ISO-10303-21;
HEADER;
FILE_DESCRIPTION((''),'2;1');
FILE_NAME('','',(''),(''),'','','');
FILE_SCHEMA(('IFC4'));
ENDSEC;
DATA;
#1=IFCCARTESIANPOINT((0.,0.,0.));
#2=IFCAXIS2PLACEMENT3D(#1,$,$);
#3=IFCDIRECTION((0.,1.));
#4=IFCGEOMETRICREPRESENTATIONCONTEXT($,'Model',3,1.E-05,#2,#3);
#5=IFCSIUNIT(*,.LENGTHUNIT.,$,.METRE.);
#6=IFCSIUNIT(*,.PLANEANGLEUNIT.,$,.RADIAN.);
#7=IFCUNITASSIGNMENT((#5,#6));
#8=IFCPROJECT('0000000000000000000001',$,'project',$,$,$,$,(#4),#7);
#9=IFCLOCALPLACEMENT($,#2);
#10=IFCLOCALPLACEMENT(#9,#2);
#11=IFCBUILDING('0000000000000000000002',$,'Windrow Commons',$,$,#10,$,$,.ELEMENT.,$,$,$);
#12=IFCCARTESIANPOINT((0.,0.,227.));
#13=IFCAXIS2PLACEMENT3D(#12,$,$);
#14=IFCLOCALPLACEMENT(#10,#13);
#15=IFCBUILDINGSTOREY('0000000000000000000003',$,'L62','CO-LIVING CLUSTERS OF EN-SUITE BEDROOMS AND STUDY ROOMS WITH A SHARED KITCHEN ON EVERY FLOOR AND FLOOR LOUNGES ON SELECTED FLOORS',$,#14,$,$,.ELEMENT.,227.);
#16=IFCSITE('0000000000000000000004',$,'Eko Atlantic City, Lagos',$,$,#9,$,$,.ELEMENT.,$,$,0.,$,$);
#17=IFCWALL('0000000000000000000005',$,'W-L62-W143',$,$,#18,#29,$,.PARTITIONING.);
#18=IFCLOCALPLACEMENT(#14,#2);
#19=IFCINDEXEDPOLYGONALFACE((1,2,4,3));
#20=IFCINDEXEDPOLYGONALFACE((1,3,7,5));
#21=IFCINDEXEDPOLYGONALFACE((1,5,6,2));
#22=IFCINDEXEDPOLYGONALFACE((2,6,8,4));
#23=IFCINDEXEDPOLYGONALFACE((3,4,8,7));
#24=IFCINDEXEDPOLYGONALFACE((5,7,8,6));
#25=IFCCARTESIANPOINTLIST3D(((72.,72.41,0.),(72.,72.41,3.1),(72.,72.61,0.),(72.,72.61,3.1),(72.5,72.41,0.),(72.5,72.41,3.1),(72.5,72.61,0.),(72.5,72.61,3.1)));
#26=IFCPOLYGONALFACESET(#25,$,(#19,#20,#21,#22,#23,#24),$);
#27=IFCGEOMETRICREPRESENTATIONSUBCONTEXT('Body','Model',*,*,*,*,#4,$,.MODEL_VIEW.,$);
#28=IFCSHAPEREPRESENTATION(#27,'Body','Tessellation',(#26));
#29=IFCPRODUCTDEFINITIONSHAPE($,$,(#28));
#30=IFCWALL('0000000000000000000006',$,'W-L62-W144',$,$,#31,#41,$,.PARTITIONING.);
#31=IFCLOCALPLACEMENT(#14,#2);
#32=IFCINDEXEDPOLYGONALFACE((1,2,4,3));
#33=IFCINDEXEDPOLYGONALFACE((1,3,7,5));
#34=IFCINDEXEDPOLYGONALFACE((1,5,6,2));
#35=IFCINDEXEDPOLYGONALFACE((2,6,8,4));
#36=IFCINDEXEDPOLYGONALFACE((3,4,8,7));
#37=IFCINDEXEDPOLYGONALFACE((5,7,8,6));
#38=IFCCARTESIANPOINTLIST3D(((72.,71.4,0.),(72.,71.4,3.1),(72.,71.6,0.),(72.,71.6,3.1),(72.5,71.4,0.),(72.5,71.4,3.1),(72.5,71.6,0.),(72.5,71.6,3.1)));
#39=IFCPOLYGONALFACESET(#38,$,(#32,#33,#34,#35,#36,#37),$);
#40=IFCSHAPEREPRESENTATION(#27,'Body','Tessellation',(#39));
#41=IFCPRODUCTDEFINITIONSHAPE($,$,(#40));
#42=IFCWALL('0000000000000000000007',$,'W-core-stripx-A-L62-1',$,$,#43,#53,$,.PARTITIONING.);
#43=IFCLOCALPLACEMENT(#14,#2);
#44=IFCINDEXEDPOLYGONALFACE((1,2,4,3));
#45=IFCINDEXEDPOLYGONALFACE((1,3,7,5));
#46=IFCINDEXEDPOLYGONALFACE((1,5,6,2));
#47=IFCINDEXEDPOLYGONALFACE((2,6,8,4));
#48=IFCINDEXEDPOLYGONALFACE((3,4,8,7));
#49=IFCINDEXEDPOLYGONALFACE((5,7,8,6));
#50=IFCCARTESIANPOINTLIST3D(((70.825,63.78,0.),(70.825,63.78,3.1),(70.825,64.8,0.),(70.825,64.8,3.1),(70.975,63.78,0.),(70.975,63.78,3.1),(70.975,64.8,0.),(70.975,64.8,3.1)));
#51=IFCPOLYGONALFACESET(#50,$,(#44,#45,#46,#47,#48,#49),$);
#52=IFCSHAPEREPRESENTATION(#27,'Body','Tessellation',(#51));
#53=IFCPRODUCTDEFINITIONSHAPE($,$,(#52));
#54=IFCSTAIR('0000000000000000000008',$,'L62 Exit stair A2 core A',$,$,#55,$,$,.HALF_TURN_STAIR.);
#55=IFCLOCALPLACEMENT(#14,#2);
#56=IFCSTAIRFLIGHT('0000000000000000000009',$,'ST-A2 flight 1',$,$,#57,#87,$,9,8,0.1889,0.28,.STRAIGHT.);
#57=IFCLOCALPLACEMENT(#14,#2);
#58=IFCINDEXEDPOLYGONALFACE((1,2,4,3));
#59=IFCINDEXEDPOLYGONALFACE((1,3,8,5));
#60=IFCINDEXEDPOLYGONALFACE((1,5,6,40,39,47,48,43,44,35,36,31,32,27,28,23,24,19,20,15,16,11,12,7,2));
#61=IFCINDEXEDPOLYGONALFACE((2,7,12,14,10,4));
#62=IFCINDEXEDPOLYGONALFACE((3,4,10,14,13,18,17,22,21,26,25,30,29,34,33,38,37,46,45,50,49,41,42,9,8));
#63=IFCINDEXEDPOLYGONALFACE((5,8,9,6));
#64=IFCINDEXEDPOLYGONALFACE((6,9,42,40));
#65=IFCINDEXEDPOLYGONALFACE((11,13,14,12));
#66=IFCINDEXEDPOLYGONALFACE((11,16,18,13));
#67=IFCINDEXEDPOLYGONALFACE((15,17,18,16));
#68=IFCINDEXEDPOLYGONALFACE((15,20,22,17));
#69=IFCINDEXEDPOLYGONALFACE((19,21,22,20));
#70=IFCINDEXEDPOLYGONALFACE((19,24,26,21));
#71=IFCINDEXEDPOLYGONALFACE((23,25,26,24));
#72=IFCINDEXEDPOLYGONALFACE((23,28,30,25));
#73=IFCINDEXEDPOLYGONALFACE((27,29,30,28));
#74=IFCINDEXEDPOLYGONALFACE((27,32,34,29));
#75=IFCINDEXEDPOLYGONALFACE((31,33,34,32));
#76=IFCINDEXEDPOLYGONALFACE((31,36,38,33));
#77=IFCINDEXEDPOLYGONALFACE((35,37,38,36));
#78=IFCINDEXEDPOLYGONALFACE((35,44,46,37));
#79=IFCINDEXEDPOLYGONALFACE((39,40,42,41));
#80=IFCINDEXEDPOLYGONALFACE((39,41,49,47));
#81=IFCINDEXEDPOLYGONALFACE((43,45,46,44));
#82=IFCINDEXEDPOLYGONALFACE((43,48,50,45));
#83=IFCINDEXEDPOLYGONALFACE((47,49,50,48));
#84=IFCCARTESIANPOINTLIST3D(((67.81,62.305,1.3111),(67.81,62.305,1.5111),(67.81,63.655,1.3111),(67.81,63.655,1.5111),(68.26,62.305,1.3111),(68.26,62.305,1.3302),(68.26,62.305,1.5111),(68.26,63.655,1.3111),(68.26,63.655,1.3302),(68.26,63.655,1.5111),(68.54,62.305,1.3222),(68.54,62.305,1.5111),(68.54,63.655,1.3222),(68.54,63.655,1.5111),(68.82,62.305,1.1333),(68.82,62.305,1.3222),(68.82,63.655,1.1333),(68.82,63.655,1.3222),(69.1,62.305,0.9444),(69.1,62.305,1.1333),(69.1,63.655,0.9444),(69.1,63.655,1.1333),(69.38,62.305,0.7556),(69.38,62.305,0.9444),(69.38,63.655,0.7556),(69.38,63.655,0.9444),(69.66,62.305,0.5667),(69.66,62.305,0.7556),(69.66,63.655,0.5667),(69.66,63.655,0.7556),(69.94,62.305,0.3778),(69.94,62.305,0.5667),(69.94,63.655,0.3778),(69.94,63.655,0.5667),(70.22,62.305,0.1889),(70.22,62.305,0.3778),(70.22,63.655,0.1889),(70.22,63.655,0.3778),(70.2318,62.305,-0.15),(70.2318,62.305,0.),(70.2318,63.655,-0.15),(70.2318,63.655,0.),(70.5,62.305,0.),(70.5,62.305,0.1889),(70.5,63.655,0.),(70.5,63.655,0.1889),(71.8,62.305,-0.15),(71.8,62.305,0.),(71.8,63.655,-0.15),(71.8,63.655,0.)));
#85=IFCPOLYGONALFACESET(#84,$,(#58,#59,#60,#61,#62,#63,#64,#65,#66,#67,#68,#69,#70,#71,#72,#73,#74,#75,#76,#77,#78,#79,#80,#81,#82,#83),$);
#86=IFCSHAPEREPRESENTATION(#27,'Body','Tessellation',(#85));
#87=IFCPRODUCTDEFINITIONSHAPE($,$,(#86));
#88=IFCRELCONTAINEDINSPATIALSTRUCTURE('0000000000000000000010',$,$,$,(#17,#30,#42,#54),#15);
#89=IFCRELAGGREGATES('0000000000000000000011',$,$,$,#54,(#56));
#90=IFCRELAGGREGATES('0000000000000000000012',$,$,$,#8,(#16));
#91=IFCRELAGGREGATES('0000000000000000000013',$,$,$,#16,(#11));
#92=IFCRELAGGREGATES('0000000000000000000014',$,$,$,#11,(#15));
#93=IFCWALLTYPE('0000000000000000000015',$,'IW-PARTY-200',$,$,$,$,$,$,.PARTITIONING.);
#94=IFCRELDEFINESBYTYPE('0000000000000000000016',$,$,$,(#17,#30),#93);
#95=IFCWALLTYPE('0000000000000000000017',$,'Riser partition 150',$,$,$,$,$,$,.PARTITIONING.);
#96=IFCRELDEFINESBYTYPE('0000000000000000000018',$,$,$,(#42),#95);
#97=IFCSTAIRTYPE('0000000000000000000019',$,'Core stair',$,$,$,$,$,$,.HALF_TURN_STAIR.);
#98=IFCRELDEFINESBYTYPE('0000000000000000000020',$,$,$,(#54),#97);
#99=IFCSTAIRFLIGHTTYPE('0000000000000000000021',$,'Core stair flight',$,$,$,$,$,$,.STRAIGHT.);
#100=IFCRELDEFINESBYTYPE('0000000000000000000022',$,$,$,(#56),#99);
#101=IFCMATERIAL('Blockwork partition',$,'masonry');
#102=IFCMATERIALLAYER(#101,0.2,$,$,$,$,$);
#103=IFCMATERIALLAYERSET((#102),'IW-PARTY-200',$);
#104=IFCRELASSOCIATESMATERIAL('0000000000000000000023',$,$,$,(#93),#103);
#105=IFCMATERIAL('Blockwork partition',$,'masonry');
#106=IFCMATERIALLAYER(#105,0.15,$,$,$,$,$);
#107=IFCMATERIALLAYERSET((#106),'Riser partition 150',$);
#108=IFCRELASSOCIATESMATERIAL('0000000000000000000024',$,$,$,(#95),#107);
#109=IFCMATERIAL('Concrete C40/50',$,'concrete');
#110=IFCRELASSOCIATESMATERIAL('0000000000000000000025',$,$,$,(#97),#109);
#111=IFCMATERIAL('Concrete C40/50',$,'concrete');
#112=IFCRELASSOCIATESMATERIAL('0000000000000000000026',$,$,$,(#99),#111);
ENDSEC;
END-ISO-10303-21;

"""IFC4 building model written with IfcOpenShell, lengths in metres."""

from ifc_helpers import new_model, si_unit, direction, frame, frame_2d, origin, place, context, subcontext, project, spatial, polyline, rectangle, outline, extrude, material, layer, layer_set, type_object, element, aggregate, save


model = new_model("IFC4")

# Units and contexts
model_context = context("Model", 3, precision=1e-05, world=origin(), true_north=direction((0.0, 1.0)))
body_context = subcontext(model_context, "Body", "Model", "MODEL_VIEW")
ifc_project = project(units=[si_unit("LENGTHUNIT", "METRE"), si_unit("PLANEANGLEUNIT", "RADIAN")], contexts=[model_context])

# Site, building, storey
site_placement = place(None, origin())
site = spatial("IfcSite", under=ifc_project, at=site_placement, Name="Eko Atlantic City, Lagos", CompositionType="ELEMENT", RefElevation=0.0)
building_placement = place(site_placement, origin())
building = spatial("IfcBuilding", under=site, at=building_placement, Name="Windrow Commons", CompositionType="ELEMENT")
storey_placement = place(building_placement, frame((0.0, 0.0, 227.0)))
storey = spatial("IfcBuildingStorey", under=building, at=storey_placement, Name="L62", Description="CO-LIVING CLUSTERS OF EN-SUITE BEDROOMS AND STUDY ROOMS WITH A SHARED KITCHEN ON EVERY FLOOR AND FLOOR LOUNGES ON SELECTED FLOORS", CompositionType="ELEMENT", Elevation=227.0)

# Walls
ifc_material_1 = material(Name="Blockwork partition", Category="masonry")
ifc_layer_1 = layer(ifc_material_1, 0.2)
ifc_layer_set_1 = layer_set([ifc_layer_1], Name="IW-PARTY-200")
wall_type_1 = type_object("IfcWallType", Name="IW-PARTY-200", PredefinedType="PARTITIONING", material=ifc_layer_set_1)
for number, where, z_axis, x_axis, name in (
    (1, (72.0, 72.51, 0.0), (0.0, 0.0, 1.0), (1.0, 0.0, 0.0), "W-L62-W143"),
    (2, (72.0, 71.5, 0.0), (0.0, 0.0, 1.0), (1.0, 0.0, 0.0), "W-L62-W144"),
):
    element("IfcWall", number, at=place(storey_placement, frame(where, z_axis=z_axis, x_axis=x_axis)), inside=storey, type_object=wall_type_1, Name=name, PredefinedType="PARTITIONING", context=body_context, shape_type="SweptSolid", body=[
        extrude(rectangle(XDim=0.5, YDim=0.2, at=frame_2d((0.25, 0.0))), origin(), (0.0, 0.0, 1.0), 3.1),
    ])
ifc_material_2 = material(Name="Blockwork partition", Category="masonry")
ifc_layer_2 = layer(ifc_material_2, 0.15)
ifc_layer_set_2 = layer_set([ifc_layer_2], Name="Riser partition 150")
wall_type_2 = type_object("IfcWallType", Name="Riser partition 150", PredefinedType="PARTITIONING", material=ifc_layer_set_2)
wall_1_placement = place(storey_placement, frame((70.9, 63.78, 0.0), z_axis=(0.0, 0.0, 1.0), x_axis=(0.0, 1.0, 0.0)))
element("IfcWall", 3, at=wall_1_placement, inside=storey, type_object=wall_type_2, Name="W-core-stripx-A-L62-1", PredefinedType="PARTITIONING", context=body_context, shape_type="SweptSolid", body=[
    extrude(rectangle(XDim=1.02, YDim=0.15, at=frame_2d((0.51, 0.0))), origin(), (0.0, 0.0, 1.0), 3.1),
])

# Stair, stair flight
ifc_material_3 = material(Name="Concrete C40/50", Category="concrete")
stair_type = type_object("IfcStairType", Name="Core stair", PredefinedType="HALF_TURN_STAIR", material=ifc_material_3)
stair_placement = place(storey_placement, origin())
stair = element("IfcStair", 4, at=stair_placement, inside=storey, type_object=stair_type, Name="L62 Exit stair A2 core A", PredefinedType="HALF_TURN_STAIR")
ifc_material_4 = material(Name="Concrete C40/50", Category="concrete")
stair_flight_type = type_object("IfcStairFlightType", Name="Core stair flight", PredefinedType="STRAIGHT", material=ifc_material_4)
stair_flight_placement = place(storey_placement, frame((70.5, 62.98, 0.0), z_axis=(0.0, 0.0, 1.0), x_axis=(-1.0, 0.0, 0.0)))
stair_flight = element("IfcStairFlight", 5, at=stair_flight_placement, type_object=stair_flight_type, Name="ST-A2 flight 1", NumberOfRisers=9, NumberOfTreads=8, PredefinedType="STRAIGHT", RiserHeight=0.1889, TreadLength=0.28, context=body_context, shape_type="SweptSolid", body=[
    extrude(outline(polyline([(-1.3, -0.15), (-1.3, 0.0), (0.0, 0.0), (0.0, 0.1889), (0.28, 0.1889), (0.28, 0.3778), (0.56, 0.3778), (0.56, 0.5667), (0.84, 0.5667), (0.84, 0.7556), (1.12, 0.7556), (1.12, 0.9444), (1.4, 0.9444), (1.4, 1.1333), (1.68, 1.1333), (1.68, 1.3222), (1.96, 1.3222), (1.96, 1.5111), (2.24, 1.5111), (2.69, 1.5111), (2.69, 1.3111), (2.24, 1.3111), (2.24, 1.3302), (0.2682, 0.0), (0.2682, -0.15), (-1.3, -0.15)])), frame((0.0, 0.675, 0.0), z_axis=(0.0, -1.0, 0.0), x_axis=(1.0, 0.0, 0.0)), (0.0, 0.0, 1.0), 1.35),
])
aggregate(stair, [stair_flight])

save(model, "model.ifc")
